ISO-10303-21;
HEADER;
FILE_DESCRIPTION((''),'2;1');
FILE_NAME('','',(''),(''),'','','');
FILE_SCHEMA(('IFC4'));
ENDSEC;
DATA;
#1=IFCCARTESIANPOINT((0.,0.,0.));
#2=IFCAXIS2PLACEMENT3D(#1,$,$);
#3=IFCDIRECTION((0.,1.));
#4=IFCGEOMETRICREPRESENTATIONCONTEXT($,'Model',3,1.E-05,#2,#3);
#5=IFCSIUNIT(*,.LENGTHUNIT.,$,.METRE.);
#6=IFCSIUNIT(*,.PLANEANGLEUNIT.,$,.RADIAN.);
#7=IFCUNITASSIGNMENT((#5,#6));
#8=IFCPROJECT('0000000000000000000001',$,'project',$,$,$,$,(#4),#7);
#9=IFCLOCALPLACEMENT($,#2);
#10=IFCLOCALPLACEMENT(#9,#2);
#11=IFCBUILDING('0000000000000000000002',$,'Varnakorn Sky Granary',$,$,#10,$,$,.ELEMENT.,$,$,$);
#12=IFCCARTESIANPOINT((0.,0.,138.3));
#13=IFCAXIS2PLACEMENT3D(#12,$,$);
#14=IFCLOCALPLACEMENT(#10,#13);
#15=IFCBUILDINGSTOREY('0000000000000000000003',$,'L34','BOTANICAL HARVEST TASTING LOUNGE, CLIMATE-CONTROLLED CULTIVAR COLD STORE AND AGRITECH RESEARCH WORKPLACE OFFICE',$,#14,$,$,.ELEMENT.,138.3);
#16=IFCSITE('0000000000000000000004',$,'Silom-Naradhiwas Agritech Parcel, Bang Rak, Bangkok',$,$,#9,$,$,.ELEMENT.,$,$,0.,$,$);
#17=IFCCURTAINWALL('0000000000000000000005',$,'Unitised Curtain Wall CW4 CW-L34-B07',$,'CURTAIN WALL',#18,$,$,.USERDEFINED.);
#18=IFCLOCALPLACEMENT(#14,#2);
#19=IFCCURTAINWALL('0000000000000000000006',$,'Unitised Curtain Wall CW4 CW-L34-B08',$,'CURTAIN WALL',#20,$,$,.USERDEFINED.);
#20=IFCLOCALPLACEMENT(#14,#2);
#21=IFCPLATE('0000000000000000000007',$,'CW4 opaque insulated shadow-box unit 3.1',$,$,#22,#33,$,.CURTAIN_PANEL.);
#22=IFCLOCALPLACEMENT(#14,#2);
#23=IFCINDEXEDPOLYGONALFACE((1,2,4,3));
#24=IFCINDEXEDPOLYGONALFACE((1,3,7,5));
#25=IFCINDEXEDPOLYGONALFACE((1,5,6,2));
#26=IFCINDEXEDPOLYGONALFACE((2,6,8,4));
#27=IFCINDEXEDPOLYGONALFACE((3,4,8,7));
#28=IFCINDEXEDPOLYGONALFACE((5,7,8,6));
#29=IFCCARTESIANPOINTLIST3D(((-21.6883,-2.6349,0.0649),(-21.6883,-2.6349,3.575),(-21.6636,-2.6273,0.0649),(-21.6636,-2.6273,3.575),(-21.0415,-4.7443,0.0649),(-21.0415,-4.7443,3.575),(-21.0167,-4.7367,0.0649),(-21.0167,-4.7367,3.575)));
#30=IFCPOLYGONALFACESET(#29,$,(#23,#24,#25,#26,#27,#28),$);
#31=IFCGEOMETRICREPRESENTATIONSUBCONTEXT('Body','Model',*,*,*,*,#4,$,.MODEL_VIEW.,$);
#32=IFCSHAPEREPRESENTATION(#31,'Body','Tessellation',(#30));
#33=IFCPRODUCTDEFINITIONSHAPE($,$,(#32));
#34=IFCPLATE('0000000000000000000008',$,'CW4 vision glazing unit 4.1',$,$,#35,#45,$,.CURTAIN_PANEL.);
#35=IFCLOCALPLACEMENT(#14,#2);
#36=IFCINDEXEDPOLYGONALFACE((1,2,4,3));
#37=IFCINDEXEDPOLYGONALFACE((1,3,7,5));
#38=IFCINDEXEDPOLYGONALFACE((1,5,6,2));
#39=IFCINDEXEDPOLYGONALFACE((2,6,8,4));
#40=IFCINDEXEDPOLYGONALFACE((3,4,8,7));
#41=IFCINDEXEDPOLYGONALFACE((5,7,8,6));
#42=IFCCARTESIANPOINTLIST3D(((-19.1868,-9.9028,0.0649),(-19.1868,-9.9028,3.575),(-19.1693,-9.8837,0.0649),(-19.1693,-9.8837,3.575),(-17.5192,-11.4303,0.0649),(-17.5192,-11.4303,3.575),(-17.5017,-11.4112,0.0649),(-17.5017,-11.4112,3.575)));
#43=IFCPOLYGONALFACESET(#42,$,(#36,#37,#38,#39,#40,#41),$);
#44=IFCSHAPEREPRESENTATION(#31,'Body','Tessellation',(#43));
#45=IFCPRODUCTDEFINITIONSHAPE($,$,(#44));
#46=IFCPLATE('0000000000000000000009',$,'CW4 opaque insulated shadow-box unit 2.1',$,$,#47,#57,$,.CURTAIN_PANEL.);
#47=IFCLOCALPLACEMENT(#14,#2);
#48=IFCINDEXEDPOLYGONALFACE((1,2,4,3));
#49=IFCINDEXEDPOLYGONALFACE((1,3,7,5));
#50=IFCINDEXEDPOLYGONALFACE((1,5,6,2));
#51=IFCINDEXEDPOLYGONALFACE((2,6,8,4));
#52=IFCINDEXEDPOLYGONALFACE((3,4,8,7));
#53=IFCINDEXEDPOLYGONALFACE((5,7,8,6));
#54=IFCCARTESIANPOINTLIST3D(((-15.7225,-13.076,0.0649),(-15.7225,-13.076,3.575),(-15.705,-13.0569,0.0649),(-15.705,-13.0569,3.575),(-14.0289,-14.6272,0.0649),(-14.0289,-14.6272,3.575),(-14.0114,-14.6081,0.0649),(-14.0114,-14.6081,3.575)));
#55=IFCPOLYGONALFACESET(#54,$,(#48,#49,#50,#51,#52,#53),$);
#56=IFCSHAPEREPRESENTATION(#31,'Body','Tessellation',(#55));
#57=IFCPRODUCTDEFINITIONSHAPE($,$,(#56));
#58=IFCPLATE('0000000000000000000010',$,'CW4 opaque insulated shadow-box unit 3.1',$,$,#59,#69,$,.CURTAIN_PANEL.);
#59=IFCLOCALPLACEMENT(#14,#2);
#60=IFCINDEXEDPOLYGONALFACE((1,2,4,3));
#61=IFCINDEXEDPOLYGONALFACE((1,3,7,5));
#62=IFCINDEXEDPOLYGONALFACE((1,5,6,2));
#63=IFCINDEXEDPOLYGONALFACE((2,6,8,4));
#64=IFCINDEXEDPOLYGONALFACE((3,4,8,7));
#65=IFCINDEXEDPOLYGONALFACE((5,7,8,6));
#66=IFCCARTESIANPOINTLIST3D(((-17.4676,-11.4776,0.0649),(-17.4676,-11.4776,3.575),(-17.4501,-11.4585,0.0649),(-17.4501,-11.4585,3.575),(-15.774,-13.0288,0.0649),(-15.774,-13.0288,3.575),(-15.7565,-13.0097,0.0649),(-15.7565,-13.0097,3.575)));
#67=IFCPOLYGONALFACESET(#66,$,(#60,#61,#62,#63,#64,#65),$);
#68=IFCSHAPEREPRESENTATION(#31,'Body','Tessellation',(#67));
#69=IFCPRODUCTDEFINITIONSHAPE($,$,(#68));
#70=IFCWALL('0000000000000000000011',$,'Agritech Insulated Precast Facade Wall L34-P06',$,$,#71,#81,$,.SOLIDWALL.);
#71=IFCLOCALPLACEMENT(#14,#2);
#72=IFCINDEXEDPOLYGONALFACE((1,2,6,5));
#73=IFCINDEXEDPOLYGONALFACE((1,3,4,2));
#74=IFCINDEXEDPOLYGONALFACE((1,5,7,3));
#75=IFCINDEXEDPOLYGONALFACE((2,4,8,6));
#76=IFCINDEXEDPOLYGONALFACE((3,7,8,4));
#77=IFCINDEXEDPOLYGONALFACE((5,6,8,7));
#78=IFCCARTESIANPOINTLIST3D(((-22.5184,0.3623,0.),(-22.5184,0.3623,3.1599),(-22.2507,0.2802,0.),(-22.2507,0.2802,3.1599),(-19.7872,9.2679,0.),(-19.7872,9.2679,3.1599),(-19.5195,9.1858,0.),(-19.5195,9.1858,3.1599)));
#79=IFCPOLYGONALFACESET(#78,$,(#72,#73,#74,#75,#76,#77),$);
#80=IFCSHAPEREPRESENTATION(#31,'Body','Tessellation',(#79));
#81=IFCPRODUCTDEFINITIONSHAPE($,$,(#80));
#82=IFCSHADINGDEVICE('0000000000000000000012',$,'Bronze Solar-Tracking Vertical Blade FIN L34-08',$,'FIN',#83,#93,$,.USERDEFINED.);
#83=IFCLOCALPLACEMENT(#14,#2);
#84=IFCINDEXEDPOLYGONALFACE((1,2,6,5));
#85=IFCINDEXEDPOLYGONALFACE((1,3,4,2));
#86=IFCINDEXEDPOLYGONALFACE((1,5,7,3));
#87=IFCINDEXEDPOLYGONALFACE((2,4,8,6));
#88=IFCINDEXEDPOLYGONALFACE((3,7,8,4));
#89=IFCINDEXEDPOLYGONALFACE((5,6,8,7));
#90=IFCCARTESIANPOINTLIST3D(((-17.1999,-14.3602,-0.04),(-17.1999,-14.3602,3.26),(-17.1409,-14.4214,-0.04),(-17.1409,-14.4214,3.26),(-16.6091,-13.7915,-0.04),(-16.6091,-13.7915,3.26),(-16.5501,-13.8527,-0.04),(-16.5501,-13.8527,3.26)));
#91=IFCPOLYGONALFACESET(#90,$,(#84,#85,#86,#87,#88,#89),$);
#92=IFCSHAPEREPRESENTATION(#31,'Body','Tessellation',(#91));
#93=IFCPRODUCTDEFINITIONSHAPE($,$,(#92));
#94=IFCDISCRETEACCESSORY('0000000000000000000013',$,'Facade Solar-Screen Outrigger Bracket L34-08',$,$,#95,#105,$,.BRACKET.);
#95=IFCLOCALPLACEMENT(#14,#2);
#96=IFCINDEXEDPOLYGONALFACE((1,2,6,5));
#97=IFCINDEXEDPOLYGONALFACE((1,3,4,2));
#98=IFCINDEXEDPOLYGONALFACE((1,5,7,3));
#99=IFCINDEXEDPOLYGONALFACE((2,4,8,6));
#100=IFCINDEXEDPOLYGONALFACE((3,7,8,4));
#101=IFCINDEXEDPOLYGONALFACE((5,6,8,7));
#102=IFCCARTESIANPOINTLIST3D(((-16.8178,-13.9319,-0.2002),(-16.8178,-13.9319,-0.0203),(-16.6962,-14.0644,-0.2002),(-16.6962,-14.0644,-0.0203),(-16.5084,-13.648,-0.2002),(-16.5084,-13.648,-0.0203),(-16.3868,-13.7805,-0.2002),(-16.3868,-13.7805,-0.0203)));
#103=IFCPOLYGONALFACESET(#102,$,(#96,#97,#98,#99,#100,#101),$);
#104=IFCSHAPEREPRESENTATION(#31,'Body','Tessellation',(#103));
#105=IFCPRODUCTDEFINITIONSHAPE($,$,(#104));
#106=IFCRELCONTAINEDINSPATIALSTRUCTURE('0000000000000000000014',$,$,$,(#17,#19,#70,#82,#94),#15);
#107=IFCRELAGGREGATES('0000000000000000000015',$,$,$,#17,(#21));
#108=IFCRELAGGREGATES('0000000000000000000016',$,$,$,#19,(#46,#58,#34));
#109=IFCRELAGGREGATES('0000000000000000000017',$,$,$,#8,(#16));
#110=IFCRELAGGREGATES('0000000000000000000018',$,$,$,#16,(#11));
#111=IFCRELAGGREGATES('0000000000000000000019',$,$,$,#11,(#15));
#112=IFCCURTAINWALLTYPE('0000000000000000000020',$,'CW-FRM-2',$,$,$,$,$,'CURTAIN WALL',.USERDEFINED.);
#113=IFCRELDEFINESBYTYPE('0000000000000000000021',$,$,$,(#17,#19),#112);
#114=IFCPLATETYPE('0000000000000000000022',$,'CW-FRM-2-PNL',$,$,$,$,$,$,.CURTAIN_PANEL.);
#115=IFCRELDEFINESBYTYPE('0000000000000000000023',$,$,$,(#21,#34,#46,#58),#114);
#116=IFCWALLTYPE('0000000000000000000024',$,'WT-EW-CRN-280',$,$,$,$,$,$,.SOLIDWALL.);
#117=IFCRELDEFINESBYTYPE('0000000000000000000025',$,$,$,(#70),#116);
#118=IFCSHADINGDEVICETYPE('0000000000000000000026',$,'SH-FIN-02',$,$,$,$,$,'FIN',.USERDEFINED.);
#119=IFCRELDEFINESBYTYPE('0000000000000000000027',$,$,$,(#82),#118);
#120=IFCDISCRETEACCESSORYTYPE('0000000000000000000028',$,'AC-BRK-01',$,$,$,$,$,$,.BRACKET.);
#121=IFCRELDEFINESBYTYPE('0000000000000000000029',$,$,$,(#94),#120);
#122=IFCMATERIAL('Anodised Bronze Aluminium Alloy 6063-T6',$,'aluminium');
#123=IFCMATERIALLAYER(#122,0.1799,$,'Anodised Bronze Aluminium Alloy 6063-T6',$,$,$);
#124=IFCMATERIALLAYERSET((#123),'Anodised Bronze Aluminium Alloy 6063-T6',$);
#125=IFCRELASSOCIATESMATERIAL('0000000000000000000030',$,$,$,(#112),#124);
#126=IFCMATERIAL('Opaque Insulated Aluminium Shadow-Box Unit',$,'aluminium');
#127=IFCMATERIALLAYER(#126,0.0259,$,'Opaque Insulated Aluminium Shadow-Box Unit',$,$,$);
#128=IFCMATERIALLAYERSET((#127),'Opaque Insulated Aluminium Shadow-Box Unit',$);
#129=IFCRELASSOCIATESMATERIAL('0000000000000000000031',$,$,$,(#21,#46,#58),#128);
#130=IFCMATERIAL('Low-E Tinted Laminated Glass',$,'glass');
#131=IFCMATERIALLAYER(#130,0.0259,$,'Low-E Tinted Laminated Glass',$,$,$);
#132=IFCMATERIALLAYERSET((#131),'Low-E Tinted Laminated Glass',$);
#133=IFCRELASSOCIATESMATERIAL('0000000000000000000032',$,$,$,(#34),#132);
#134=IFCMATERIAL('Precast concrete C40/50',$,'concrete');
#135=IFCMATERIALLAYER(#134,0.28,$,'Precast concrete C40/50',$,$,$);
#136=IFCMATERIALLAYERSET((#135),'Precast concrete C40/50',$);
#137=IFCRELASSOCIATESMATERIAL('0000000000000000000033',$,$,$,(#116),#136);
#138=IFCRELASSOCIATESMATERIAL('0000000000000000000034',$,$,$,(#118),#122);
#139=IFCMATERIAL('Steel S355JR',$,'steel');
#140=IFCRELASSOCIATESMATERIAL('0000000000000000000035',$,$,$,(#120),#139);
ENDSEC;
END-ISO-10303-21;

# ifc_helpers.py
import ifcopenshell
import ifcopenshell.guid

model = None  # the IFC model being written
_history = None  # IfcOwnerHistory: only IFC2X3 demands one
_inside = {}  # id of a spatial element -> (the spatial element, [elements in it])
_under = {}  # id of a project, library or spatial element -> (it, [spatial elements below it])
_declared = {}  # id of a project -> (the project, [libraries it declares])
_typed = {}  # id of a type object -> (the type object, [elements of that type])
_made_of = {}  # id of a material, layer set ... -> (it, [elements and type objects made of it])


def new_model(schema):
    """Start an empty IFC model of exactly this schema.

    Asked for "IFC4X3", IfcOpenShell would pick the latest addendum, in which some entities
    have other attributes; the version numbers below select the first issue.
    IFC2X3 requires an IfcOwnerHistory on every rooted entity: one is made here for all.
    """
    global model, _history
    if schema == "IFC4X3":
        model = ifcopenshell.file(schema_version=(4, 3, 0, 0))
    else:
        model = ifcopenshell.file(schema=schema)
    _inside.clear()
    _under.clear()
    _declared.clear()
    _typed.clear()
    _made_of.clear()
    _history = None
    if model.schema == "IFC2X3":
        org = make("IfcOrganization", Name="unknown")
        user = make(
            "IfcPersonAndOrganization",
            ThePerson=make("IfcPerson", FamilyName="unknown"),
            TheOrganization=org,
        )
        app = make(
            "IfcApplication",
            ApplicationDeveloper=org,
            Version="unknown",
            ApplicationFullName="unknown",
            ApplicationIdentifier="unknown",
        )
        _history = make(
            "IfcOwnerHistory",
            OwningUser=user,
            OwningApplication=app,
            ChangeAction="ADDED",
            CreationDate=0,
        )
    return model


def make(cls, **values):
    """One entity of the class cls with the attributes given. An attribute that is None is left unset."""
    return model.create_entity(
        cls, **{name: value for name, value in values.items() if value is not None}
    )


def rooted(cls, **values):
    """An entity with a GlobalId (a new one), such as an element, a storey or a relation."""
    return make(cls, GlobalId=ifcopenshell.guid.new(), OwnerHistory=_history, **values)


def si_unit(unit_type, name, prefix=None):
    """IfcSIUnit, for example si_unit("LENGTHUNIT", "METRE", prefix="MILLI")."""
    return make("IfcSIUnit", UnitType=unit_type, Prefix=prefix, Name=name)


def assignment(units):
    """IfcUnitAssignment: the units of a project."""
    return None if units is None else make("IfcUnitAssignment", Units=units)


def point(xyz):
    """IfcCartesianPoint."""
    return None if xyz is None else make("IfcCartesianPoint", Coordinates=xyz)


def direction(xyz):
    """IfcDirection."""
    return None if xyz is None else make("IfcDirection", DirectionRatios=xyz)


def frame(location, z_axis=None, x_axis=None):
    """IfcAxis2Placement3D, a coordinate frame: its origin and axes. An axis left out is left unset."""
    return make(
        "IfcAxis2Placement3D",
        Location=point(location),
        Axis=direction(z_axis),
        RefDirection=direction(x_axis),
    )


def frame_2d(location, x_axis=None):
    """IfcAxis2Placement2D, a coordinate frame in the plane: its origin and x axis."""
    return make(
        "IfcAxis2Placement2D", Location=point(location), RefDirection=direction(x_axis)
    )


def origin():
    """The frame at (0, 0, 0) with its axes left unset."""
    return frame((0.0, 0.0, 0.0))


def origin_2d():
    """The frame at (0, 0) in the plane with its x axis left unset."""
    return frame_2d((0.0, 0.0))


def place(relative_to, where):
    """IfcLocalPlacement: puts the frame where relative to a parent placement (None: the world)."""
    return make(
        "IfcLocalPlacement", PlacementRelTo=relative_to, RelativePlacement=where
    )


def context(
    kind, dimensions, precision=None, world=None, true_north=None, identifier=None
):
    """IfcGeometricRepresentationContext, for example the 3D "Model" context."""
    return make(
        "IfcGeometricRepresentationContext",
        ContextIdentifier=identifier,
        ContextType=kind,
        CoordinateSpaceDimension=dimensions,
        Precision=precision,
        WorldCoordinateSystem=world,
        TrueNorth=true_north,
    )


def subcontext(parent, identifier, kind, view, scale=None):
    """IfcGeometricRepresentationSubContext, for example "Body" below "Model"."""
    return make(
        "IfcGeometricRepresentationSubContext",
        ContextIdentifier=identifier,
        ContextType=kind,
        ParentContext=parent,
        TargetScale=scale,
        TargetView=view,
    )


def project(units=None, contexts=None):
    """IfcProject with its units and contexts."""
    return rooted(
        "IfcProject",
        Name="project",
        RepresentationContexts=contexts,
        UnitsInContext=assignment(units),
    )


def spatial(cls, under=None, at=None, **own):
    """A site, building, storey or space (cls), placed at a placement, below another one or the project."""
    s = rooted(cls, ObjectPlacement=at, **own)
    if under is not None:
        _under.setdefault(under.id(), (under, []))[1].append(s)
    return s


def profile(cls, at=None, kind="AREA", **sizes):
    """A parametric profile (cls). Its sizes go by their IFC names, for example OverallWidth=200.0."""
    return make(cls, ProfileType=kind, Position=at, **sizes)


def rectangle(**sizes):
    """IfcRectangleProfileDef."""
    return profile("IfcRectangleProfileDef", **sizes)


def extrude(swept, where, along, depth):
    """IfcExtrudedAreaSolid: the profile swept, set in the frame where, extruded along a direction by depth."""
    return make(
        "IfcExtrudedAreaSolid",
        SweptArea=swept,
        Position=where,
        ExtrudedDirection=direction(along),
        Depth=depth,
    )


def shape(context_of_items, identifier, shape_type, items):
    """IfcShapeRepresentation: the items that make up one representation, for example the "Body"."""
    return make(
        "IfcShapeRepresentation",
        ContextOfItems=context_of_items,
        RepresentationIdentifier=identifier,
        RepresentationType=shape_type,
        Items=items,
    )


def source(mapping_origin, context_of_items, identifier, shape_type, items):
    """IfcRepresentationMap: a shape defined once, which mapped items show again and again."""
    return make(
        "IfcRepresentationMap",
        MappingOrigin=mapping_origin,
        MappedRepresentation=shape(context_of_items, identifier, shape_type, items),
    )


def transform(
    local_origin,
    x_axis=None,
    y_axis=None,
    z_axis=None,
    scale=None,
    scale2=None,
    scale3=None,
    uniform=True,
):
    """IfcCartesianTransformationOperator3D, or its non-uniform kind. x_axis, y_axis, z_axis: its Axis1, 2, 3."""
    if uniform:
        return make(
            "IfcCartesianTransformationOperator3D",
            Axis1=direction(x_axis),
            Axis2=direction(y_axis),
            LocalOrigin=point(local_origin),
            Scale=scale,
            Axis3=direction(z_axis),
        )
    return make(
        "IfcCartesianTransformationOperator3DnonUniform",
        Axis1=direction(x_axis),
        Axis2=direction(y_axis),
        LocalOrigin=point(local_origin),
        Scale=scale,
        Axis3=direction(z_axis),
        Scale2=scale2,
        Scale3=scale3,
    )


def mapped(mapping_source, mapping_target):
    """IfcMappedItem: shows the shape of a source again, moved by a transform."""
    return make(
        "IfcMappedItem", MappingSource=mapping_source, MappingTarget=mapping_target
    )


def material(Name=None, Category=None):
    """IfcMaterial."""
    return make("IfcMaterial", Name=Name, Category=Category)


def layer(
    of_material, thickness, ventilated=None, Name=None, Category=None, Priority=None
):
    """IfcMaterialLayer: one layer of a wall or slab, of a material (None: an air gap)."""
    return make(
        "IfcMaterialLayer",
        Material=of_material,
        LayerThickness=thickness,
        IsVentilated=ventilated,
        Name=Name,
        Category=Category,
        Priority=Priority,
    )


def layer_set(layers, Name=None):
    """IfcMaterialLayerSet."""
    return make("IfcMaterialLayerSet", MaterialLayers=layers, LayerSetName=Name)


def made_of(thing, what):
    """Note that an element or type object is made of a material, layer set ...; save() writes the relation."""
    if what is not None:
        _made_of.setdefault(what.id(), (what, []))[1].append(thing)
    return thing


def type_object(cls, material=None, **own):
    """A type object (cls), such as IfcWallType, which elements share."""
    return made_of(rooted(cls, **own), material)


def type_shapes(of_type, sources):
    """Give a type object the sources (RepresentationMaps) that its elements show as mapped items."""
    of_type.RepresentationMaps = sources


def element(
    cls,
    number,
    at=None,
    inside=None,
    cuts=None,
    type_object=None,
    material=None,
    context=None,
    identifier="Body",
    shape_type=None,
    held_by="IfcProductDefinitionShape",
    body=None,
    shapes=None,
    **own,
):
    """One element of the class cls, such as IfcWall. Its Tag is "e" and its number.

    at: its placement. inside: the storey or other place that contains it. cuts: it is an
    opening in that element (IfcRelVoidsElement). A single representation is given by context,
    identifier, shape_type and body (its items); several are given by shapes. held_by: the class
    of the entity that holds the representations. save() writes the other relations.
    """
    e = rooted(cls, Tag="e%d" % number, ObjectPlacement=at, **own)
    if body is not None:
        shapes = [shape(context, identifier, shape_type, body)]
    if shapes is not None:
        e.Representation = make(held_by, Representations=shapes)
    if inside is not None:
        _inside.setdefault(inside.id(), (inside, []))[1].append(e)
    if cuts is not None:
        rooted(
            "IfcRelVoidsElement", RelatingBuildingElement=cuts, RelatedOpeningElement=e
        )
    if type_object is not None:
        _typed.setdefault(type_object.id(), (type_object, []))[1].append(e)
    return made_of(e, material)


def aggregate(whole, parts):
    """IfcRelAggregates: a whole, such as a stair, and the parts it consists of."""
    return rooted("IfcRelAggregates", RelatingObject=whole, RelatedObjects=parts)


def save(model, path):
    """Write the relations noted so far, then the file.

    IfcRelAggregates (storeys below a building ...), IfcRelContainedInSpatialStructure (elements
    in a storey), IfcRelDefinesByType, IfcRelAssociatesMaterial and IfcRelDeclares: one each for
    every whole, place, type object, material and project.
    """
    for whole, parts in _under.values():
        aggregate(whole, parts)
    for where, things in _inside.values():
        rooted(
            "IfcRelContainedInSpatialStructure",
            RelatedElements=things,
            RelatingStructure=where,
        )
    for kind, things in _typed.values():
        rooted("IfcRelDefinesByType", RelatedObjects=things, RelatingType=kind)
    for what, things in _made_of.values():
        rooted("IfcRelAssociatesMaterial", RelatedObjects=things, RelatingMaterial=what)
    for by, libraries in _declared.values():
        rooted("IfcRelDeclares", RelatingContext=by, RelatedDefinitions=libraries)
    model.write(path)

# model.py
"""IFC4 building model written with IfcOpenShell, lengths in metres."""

from ifc_helpers import new_model, si_unit, direction, frame, frame_2d, origin, origin_2d, place, context, subcontext, project, spatial, rectangle, extrude, source, transform, mapped, material, layer, layer_set, type_object, type_shapes, element, aggregate, save


model = new_model("IFC4")

# Units and contexts
model_context = context("Model", 3, precision=1e-05, world=origin(), true_north=direction((0.0, 1.0)))
body_context = subcontext(model_context, "Body", "Model", "MODEL_VIEW")
ifc_project = project(units=[si_unit("LENGTHUNIT", "METRE"), si_unit("PLANEANGLEUNIT", "RADIAN")], contexts=[model_context])

# Site, building, storey
site_placement = place(None, origin())
site = spatial("IfcSite", under=ifc_project, at=site_placement, Name="Silom-Naradhiwas Agritech Parcel, Bang Rak, Bangkok", CompositionType="ELEMENT", RefElevation=0.0)
building_placement = place(site_placement, origin())
building = spatial("IfcBuilding", under=site, at=building_placement, Name="Varnakorn Sky Granary", CompositionType="ELEMENT")
storey_placement = place(building_placement, frame((0.0, 0.0, 138.3)))
storey = spatial("IfcBuildingStorey", under=building, at=storey_placement, Name="L34", Description="BOTANICAL HARVEST TASTING LOUNGE, CLIMATE-CONTROLLED CULTIVAR COLD STORE AND AGRITECH RESEARCH WORKPLACE OFFICE", CompositionType="ELEMENT", Elevation=138.3)

# Shared definitions
ifc_material_1 = material(Name="Steel S355JR", Category="steel")

# Curtain walls
ifc_material_2 = material(Name="Anodised Bronze Aluminium Alloy 6063-T6", Category="aluminium")
ifc_layer_1 = layer(ifc_material_2, 0.1799, Name="Anodised Bronze Aluminium Alloy 6063-T6")
ifc_layer_set_1 = layer_set([ifc_layer_1], Name="Anodised Bronze Aluminium Alloy 6063-T6")
curtain_wall_type = type_object("IfcCurtainWallType", Name="CW-FRM-2", ElementType="CURTAIN WALL", PredefinedType="USERDEFINED", material=ifc_layer_set_1)
curtain_wall_1_placement = place(storey_placement, origin())
curtain_wall_1 = element("IfcCurtainWall", 1, at=curtain_wall_1_placement, inside=storey, type_object=curtain_wall_type, Name="Unitised Curtain Wall CW4 CW-L34-B07", ObjectType="CURTAIN WALL", PredefinedType="USERDEFINED")
curtain_wall_2_placement = place(storey_placement, origin())
curtain_wall_2 = element("IfcCurtainWall", 2, at=curtain_wall_2_placement, inside=storey, type_object=curtain_wall_type, Name="Unitised Curtain Wall CW4 CW-L34-B08", ObjectType="CURTAIN WALL", PredefinedType="USERDEFINED")

# Plates
ifc_material_3 = material(Name="Low-E Tinted Laminated Glass", Category="glass")
ifc_layer_2 = layer(ifc_material_3, 0.0259, Name="Low-E Tinted Laminated Glass")
ifc_layer_set_2 = layer_set([ifc_layer_2], Name="Low-E Tinted Laminated Glass")
plate_type = type_object("IfcPlateType", Name="CW-FRM-2-PNL", PredefinedType="CURTAIN_PANEL")
ifc_material_4 = material(Name="Opaque Insulated Aluminium Shadow-Box Unit", Category="aluminium")
ifc_layer_3 = layer(ifc_material_4, 0.0259, Name="Opaque Insulated Aluminium Shadow-Box Unit")
ifc_layer_set_3 = layer_set([ifc_layer_3], Name="Opaque Insulated Aluminium Shadow-Box Unit")
shared_shape_1 = source(origin(), body_context, "Body", "SweptSolid", [
    extrude(rectangle(XDim=2.2063, YDim=0.0259, at=origin_2d()), origin(), (0.0, 0.0, 1.0), 3.51),
])
plate_1_placement = place(storey_placement, frame((-21.3525, -3.6858, 0.0649), z_axis=(0.0, 0.0, 1.0), x_axis=(-0.293193, 0.956053, 0.0)))
plate_1 = element("IfcPlate", 3, at=plate_1_placement, type_object=plate_type, material=ifc_layer_set_3, Name="CW4 opaque insulated shadow-box unit 3.1", PredefinedType="CURTAIN_PANEL", context=body_context, shape_type="MappedRepresentation", body=[
    mapped(shared_shape_1, transform((0.0, 0.0, 0.0), x_axis=(1.0, 0.0, 0.0), y_axis=(0.0, 1.0, 0.0), z_axis=(0.0, 0.0, 1.0), scale=1.0)),
])
aggregate(curtain_wall_1, [plate_1])
shared_shape_2 = source(origin(), body_context, "Body", "SweptSolid", [
    extrude(rectangle(XDim=2.2615, YDim=0.0259, at=origin_2d()), origin(), (0.0, 0.0, 1.0), 3.51),
])
plate_2_placement = place(storey_placement, frame((-18.3442, -10.657, 0.0649), z_axis=(0.0, 0.0, 1.0), x_axis=(-0.737417, 0.675438, 0.0)))
plate_2 = element("IfcPlate", 4, at=plate_2_placement, type_object=plate_type, material=ifc_layer_set_2, Name="CW4 vision glazing unit 4.1", PredefinedType="CURTAIN_PANEL", context=body_context, shape_type="MappedRepresentation", body=[
    mapped(shared_shape_2, transform((0.0, 0.0, 0.0), x_axis=(1.0, 0.0, 0.0), y_axis=(0.0, 1.0, 0.0), z_axis=(0.0, 0.0, 1.0), scale=1.0)),
])
shared_shape_3 = source(origin(), body_context, "Body", "SweptSolid", [
    extrude(rectangle(XDim=2.2966, YDim=0.0259, at=origin_2d()), origin(), (0.0, 0.0, 1.0), 3.51),
])
plate_3_placement = place(storey_placement, frame((-14.8669, -13.842, 0.0649), z_axis=(0.0, 0.0, 1.0), x_axis=(-0.737417, 0.675438, 0.0)))
plate_3 = element("IfcPlate", 5, at=plate_3_placement, type_object=plate_type, material=ifc_layer_set_3, Name="CW4 opaque insulated shadow-box unit 2.1", PredefinedType="CURTAIN_PANEL", context=body_context, shape_type="MappedRepresentation", body=[
    mapped(shared_shape_3, transform((0.0, 0.0, 0.0), x_axis=(1.0, 0.0, 0.0), y_axis=(0.0, 1.0, 0.0), z_axis=(0.0, 0.0, 1.0), scale=1.0)),
])
plate_4_placement = place(storey_placement, frame((-16.6121, -12.2437, 0.0649), z_axis=(0.0, 0.0, 1.0), x_axis=(-0.737417, 0.675438, 0.0)))
plate_4 = element("IfcPlate", 6, at=plate_4_placement, type_object=plate_type, material=ifc_layer_set_3, Name="CW4 opaque insulated shadow-box unit 3.1", PredefinedType="CURTAIN_PANEL", context=body_context, shape_type="MappedRepresentation", body=[
    mapped(shared_shape_3, transform((0.0, 0.0, 0.0), x_axis=(1.0, 0.0, 0.0), y_axis=(0.0, 1.0, 0.0), z_axis=(0.0, 0.0, 1.0), scale=1.0)),
])
aggregate(curtain_wall_2, [plate_3, plate_4, plate_2])

# Wall
ifc_material_5 = material(Name="Precast concrete C40/50", Category="concrete")
ifc_layer_4 = layer(ifc_material_5, 0.28, Name="Precast concrete C40/50")
ifc_layer_set_4 = layer_set([ifc_layer_4], Name="Precast concrete C40/50")
wall_type = type_object("IfcWallType", Name="WT-EW-CRN-280", PredefinedType="SOLIDWALL", material=ifc_layer_set_4)
wall_placement = place(storey_placement, frame((-22.3845, 0.3213, 0.0), z_axis=(0.0, 0.0, 1.0), x_axis=(0.293207, 0.956049, 0.0)))
element("IfcWall", 7, at=wall_placement, inside=storey, type_object=wall_type, Name="Agritech Insulated Precast Facade Wall L34-P06", PredefinedType="SOLIDWALL", context=body_context, shape_type="SweptSolid", body=[
    extrude(rectangle(XDim=9.3149, YDim=0.28, at=frame_2d((4.6575, 0.0))), origin(), (0.0, 0.0, 1.0), 3.1599),
])

# Shading device
shading_device_type = type_object("IfcShadingDeviceType", Name="SH-FIN-02", ElementType="FIN", PredefinedType="USERDEFINED", material=ifc_material_2)
shared_shape_4 = source(origin(), body_context, "Body", "SweptSolid", [
    extrude(rectangle(XDim=0.085, YDim=0.8201, at=origin_2d()), origin(), (0.0, 0.0, 1.0), 3.3),
])
type_shapes(shading_device_type, [shared_shape_4])
shading_device_placement = place(storey_placement, frame((-16.875, -14.1064, -0.04), z_axis=(0.0, 0.0, 1.0), x_axis=(0.693533, -0.720425, 0.0)))
element("IfcShadingDevice", 8, at=shading_device_placement, inside=storey, type_object=shading_device_type, Name="Bronze Solar-Tracking Vertical Blade FIN L34-08", ObjectType="FIN", PredefinedType="USERDEFINED", context=body_context, shape_type="MappedRepresentation", body=[
    mapped(shared_shape_4, transform((0.0, 0.0, 0.0), x_axis=(1.0, 0.0, 0.0), y_axis=(0.0, 1.0, 0.0), z_axis=(0.0, 0.0, 1.0), scale=1.0)),
])

# Discrete accessory
discrete_accessory_type = type_object("IfcDiscreteAccessoryType", Name="AC-BRK-01", PredefinedType="BRACKET", material=ifc_material_1)
shared_shape_5 = source(origin(), body_context, "Body", "SweptSolid", [
    extrude(rectangle(XDim=0.1799, YDim=0.4199, at=origin_2d()), origin(), (0.0, 0.0, 1.0), 0.1799),
])
type_shapes(discrete_accessory_type, [shared_shape_5])
discrete_accessory_placement = place(storey_placement, frame((-16.6023, -13.8562, -0.2002), z_axis=(0.0, 0.0, 1.0), x_axis=(0.676052, -0.736854, 0.0)))
element("IfcDiscreteAccessory", 9, at=discrete_accessory_placement, inside=storey, type_object=discrete_accessory_type, Name="Facade Solar-Screen Outrigger Bracket L34-08", PredefinedType="BRACKET", context=body_context, shape_type="MappedRepresentation", body=[
    mapped(shared_shape_5, transform((0.0, 0.0, 0.0), x_axis=(1.0, 0.0, 0.0), y_axis=(0.0, 1.0, 0.0), z_axis=(0.0, 0.0, 1.0), scale=1.0)),
])

save(model, "model.ifc")
